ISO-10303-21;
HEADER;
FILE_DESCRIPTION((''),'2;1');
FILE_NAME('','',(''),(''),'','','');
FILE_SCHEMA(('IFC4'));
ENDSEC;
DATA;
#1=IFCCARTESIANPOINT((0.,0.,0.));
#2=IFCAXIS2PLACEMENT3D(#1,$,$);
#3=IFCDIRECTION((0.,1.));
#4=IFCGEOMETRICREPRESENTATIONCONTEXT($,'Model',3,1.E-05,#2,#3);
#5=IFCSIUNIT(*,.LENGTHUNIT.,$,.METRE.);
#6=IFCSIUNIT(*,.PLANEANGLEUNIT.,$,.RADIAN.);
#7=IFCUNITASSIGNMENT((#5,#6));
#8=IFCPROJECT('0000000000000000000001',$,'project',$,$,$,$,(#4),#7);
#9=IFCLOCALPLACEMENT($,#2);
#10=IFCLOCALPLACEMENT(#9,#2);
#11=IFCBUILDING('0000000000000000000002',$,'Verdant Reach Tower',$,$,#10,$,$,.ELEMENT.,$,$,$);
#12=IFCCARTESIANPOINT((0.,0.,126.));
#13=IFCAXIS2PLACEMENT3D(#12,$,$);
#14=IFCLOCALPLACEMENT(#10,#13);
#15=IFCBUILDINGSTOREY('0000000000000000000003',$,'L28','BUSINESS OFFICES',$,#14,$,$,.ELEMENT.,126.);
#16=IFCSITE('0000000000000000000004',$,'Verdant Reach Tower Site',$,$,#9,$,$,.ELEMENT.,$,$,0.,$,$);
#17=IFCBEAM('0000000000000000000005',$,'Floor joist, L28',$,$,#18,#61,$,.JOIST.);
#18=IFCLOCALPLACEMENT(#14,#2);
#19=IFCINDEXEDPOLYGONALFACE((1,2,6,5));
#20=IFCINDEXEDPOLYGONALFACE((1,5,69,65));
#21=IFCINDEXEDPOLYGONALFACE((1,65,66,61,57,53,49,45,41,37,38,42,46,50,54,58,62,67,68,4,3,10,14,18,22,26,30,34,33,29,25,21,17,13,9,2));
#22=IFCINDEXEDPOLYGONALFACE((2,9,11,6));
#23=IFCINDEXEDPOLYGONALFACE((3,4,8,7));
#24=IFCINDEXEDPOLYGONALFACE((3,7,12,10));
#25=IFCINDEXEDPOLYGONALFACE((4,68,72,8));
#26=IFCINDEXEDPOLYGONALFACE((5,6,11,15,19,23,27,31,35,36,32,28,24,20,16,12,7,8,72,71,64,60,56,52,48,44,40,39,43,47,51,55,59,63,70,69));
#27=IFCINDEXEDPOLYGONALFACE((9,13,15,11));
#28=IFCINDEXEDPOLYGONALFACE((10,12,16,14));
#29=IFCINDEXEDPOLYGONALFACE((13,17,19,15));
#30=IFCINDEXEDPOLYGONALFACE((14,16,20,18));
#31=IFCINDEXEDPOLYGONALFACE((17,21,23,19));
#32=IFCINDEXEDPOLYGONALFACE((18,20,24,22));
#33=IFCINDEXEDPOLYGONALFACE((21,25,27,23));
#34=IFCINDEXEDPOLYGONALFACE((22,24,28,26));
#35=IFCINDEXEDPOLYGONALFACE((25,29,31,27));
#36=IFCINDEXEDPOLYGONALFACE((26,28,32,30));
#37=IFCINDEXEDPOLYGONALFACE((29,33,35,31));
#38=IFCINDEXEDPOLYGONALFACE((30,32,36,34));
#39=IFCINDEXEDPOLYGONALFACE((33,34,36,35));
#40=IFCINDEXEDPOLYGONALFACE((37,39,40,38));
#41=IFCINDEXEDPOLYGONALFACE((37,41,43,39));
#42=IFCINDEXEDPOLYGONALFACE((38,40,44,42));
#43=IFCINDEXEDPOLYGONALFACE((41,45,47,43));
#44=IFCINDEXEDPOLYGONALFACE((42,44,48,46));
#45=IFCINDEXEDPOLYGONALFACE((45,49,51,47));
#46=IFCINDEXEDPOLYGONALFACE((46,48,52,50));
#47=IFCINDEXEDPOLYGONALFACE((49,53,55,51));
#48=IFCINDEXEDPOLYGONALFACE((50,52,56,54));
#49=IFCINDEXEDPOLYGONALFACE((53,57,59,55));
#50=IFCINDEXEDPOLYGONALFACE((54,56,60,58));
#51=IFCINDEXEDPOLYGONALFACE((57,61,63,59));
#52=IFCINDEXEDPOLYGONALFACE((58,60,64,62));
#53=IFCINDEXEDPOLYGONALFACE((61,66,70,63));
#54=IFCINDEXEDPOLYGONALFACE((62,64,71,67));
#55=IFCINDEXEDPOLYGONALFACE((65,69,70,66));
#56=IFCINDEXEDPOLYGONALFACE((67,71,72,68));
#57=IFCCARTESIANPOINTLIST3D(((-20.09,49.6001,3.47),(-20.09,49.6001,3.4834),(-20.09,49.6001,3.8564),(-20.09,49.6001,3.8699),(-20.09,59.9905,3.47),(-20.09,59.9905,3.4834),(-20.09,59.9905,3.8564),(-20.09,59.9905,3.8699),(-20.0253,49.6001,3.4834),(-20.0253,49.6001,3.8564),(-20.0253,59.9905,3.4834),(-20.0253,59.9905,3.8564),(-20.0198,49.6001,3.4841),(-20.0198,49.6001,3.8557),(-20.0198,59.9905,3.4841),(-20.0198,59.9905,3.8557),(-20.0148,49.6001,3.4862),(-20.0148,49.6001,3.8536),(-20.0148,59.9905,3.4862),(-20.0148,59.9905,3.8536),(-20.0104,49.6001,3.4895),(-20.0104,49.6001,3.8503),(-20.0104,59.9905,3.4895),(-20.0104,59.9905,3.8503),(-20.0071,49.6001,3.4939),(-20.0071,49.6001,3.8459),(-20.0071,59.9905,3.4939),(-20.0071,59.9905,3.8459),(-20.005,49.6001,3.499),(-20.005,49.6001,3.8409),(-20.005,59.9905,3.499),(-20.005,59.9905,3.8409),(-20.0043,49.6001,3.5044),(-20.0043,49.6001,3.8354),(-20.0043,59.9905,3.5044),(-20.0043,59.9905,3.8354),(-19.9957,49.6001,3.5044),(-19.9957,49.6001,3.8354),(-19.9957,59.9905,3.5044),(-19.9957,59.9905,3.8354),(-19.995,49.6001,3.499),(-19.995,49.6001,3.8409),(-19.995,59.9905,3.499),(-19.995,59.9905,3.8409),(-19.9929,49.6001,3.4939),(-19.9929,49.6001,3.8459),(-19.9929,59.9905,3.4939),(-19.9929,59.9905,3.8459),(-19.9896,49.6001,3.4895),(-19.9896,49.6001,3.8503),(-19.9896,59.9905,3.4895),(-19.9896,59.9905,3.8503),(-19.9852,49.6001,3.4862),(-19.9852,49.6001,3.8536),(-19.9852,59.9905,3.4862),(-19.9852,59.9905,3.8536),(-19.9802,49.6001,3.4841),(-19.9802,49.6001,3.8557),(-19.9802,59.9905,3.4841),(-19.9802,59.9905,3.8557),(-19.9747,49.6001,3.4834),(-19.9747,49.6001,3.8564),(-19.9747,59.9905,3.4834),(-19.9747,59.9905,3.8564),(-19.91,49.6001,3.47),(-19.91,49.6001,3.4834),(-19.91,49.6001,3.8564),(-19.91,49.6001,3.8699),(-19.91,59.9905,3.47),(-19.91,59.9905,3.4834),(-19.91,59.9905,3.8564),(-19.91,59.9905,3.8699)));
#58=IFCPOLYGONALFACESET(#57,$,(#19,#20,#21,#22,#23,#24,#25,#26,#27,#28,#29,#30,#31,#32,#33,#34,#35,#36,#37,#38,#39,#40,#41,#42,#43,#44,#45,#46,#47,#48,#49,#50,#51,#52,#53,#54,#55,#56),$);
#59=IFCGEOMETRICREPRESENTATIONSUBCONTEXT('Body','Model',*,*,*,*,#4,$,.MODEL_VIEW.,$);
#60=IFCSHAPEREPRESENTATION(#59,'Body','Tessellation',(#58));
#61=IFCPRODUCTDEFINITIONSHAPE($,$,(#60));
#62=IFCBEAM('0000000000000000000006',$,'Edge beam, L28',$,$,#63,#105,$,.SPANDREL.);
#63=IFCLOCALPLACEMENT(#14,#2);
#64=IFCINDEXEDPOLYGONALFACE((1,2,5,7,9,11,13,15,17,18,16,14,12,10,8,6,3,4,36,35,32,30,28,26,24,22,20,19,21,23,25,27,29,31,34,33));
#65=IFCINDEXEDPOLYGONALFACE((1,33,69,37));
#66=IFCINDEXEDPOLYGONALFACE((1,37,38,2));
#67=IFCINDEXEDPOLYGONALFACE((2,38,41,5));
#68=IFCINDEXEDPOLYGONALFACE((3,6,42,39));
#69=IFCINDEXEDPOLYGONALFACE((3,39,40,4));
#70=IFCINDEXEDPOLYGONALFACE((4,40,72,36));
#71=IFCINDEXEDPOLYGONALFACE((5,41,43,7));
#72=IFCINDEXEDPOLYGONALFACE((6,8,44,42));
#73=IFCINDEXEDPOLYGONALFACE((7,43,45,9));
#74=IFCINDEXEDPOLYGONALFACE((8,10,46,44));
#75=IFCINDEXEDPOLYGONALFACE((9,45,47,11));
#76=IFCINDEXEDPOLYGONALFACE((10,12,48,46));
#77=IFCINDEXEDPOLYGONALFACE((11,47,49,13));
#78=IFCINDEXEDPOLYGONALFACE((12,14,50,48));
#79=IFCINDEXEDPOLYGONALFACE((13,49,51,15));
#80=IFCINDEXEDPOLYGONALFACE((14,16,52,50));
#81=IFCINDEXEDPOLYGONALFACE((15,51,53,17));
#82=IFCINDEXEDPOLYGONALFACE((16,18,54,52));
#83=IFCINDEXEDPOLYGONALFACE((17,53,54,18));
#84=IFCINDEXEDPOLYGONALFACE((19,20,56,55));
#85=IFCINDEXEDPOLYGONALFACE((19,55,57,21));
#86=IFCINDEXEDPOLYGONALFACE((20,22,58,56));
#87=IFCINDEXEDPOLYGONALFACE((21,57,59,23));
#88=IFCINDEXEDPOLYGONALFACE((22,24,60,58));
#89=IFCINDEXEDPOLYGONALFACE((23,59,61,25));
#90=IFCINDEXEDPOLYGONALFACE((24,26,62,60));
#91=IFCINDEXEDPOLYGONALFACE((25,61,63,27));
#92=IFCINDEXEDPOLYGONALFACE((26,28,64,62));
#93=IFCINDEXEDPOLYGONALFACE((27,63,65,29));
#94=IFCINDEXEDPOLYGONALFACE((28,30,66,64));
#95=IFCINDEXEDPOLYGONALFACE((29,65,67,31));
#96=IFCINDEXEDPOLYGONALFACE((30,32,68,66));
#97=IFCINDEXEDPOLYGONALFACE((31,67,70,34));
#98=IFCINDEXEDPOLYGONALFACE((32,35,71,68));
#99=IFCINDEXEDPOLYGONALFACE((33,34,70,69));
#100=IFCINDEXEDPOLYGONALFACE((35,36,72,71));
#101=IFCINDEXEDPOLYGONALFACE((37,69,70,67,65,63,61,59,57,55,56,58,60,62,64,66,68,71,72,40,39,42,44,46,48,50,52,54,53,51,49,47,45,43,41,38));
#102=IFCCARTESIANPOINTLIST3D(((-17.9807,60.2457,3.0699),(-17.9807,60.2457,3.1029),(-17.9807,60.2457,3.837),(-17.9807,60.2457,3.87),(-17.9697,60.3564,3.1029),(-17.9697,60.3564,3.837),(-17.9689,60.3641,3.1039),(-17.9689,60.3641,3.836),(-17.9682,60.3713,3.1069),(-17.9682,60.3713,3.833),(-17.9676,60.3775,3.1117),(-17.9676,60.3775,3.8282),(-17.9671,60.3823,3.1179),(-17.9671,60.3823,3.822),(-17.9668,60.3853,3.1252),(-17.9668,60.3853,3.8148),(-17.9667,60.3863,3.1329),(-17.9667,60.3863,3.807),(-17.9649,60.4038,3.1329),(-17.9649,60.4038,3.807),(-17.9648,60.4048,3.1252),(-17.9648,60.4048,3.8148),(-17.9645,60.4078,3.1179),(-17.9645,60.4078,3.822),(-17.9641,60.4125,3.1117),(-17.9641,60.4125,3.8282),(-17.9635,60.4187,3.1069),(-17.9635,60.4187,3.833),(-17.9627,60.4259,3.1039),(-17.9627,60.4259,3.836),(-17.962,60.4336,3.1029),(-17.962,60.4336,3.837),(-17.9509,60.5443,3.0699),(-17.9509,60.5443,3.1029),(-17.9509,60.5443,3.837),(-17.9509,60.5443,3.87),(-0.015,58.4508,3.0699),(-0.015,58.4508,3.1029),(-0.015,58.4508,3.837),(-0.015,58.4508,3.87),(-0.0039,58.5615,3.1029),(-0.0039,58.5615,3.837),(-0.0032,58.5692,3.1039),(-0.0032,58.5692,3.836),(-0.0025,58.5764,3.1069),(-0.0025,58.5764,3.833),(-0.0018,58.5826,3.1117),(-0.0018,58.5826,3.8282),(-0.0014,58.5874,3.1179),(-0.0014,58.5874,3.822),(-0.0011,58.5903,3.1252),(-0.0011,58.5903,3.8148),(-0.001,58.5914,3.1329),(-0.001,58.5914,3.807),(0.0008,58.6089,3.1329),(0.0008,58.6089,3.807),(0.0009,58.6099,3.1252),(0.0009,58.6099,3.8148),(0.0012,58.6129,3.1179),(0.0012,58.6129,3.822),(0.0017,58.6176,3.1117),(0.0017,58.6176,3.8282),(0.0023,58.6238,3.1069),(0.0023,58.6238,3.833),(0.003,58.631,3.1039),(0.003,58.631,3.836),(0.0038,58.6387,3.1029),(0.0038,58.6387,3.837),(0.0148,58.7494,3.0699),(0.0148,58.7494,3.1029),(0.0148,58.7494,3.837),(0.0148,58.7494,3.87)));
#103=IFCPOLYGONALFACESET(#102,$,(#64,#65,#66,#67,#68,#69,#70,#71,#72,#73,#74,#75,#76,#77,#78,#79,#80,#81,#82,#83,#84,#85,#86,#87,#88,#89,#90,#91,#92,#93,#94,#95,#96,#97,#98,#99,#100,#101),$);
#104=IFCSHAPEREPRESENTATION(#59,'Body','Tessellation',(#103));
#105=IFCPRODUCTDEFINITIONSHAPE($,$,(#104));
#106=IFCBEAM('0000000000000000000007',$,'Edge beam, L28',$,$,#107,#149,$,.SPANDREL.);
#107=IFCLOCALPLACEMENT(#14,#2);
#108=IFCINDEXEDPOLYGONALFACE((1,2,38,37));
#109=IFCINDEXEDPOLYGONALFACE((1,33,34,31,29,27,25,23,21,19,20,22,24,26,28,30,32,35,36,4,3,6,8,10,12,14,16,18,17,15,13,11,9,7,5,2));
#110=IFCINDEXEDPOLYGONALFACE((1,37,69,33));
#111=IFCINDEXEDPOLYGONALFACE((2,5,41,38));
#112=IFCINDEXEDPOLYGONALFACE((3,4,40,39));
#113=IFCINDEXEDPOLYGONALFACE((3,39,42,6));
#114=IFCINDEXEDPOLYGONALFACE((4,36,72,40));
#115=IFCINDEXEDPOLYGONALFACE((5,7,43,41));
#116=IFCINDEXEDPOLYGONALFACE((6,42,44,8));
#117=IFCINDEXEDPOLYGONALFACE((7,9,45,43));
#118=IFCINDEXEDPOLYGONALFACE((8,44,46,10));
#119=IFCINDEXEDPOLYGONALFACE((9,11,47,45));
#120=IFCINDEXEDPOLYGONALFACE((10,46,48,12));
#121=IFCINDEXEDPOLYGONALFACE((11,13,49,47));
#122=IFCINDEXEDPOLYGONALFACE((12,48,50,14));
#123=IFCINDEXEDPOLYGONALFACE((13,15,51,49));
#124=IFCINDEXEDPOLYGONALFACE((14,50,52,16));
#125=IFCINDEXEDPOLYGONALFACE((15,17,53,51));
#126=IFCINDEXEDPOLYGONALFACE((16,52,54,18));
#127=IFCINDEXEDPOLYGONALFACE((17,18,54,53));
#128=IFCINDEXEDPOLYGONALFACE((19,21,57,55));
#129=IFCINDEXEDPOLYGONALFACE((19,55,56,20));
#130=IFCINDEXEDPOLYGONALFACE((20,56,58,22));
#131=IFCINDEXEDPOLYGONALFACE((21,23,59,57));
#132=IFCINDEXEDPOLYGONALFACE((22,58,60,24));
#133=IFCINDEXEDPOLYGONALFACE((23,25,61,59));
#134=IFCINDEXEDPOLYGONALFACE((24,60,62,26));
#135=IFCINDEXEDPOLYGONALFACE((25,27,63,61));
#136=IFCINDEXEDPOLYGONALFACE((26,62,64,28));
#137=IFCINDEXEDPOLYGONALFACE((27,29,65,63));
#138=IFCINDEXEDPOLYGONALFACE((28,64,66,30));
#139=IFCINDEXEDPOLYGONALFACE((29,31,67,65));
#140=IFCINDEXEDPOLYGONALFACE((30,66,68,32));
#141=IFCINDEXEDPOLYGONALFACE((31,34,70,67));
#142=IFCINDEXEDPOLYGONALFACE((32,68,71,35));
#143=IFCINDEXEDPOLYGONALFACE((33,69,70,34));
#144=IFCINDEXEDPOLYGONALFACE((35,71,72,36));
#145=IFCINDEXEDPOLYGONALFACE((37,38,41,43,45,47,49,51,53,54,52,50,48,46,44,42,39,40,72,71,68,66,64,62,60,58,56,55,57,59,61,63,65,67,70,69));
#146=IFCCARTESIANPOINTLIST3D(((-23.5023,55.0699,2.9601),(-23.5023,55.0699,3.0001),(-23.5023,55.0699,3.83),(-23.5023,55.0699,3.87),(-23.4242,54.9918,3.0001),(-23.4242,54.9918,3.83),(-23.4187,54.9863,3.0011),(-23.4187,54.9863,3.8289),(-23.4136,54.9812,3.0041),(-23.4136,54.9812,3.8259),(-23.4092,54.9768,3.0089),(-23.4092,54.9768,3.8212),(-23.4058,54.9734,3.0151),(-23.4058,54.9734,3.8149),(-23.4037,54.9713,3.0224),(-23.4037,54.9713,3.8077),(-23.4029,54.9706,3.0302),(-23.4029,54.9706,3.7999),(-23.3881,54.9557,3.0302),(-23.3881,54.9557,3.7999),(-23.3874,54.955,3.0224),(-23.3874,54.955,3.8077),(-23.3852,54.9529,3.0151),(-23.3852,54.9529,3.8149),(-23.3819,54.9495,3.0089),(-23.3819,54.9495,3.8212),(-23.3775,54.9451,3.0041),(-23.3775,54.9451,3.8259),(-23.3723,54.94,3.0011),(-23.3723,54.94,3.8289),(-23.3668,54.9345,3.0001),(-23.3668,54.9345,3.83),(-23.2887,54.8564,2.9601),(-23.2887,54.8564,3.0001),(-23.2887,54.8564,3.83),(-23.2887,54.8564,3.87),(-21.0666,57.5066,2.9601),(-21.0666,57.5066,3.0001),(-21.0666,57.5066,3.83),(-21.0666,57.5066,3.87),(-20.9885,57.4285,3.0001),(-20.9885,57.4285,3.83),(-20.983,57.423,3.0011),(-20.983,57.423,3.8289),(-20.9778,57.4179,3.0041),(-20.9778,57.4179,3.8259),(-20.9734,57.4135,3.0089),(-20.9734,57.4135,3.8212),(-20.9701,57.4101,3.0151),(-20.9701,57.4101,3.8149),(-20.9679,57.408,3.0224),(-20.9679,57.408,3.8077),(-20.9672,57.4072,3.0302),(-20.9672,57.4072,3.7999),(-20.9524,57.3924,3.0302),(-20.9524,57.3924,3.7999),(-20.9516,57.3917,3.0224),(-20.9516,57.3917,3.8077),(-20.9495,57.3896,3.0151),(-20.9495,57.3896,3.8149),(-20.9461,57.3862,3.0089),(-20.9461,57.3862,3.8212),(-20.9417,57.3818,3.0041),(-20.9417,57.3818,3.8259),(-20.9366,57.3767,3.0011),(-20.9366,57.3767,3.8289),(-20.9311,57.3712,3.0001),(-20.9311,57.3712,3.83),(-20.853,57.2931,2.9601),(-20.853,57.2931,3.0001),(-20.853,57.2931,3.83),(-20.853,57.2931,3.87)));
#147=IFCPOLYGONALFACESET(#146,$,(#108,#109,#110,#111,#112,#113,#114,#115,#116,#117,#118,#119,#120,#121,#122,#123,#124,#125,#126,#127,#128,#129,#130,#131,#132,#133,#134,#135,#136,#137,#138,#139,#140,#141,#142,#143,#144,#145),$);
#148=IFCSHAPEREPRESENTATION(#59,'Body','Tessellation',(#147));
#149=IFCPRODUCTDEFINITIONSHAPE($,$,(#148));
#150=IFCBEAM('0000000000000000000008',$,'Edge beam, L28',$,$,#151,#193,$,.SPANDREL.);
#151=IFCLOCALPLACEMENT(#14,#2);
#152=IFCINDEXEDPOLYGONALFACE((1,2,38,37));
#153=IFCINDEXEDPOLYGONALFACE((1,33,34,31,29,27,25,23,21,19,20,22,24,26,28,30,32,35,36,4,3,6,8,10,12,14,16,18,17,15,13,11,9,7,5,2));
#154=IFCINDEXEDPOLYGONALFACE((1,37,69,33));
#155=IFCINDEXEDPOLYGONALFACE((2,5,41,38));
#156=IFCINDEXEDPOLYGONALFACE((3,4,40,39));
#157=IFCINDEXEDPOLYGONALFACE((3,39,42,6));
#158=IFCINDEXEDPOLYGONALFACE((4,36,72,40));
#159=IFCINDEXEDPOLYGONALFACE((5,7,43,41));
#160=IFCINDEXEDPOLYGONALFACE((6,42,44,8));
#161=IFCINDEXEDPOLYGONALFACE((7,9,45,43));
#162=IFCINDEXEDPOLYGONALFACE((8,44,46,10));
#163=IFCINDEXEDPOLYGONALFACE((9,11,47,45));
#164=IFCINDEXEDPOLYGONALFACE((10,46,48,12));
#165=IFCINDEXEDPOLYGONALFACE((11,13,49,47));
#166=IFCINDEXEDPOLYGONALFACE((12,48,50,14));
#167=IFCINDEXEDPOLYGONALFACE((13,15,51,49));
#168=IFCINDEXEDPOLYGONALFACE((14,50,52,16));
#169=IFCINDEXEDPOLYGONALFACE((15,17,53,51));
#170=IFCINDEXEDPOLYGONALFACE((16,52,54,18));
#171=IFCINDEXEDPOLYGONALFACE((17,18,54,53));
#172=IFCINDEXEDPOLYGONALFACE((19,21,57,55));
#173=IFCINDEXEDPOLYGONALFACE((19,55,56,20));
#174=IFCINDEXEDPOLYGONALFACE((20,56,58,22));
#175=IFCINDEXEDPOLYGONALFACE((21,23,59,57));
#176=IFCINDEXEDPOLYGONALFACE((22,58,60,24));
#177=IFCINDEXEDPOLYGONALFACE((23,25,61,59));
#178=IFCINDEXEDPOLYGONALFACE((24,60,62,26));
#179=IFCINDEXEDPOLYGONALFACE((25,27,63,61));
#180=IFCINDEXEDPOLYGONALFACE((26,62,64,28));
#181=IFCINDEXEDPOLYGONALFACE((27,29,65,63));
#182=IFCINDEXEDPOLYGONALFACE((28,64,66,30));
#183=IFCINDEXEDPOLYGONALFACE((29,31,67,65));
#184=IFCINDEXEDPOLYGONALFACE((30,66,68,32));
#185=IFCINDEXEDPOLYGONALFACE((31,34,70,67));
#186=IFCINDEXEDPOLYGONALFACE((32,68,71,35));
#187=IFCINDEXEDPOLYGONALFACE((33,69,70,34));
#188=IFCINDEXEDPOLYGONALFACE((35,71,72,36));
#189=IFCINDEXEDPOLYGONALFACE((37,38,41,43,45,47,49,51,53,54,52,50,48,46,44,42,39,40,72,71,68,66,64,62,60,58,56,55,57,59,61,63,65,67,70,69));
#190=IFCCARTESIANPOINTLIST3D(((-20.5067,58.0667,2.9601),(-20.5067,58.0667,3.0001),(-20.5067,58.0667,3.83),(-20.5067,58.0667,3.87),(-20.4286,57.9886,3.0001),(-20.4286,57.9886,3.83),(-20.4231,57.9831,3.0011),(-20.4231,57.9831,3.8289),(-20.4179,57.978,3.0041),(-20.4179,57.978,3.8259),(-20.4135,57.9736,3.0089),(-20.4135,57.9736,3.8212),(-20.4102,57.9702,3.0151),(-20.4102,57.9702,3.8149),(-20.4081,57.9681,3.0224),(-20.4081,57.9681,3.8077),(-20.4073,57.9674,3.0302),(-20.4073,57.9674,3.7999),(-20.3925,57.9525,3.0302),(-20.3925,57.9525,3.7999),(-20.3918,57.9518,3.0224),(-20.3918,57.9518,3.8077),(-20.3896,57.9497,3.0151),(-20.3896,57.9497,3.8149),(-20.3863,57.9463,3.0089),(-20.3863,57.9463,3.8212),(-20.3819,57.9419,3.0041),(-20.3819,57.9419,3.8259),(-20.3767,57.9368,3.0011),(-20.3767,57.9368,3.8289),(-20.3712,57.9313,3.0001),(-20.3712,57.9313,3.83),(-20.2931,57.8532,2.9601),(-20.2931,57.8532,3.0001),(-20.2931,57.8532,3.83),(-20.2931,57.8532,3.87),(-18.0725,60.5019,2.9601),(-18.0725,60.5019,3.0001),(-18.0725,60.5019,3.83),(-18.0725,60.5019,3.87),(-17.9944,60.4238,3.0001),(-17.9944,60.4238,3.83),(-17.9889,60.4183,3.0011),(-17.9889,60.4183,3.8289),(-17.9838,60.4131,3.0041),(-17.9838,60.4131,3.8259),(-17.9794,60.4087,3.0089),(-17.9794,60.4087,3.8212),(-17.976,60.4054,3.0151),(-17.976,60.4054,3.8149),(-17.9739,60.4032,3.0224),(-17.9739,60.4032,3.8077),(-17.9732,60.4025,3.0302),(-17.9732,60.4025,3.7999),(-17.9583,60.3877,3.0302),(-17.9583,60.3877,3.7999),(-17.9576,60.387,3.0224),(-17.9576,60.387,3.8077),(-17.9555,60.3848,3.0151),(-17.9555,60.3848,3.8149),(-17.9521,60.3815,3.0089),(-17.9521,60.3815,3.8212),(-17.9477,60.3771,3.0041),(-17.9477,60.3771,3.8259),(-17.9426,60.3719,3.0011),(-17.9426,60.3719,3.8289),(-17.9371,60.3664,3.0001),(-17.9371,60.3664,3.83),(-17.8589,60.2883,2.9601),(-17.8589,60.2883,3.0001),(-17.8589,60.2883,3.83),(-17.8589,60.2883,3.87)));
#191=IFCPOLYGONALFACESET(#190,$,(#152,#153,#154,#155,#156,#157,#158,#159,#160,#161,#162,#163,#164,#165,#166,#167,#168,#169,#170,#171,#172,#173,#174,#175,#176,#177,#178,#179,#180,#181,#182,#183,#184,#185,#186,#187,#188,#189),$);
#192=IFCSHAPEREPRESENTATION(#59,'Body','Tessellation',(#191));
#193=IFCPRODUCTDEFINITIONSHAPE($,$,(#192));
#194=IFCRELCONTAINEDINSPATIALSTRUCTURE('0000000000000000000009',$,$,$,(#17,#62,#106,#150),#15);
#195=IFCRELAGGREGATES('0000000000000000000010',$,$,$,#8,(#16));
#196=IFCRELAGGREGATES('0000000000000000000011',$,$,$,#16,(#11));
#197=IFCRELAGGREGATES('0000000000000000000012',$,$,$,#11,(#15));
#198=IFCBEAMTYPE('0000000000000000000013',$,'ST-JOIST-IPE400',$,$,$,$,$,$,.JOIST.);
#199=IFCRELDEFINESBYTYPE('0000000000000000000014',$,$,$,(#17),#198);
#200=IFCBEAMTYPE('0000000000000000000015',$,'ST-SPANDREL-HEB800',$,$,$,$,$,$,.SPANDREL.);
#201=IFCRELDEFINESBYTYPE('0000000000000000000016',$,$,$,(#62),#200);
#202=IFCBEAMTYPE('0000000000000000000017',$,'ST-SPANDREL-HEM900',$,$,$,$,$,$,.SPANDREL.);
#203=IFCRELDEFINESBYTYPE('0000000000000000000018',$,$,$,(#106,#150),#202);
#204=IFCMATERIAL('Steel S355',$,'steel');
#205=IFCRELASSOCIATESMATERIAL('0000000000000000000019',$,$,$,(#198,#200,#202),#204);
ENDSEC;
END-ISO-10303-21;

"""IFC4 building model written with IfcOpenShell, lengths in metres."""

from ifc_helpers import new_model, si_unit, direction, frame, origin, origin_2d, place, context, subcontext, project, spatial, i_section, extrude, material, material_profile, profile_set, type_object, element, save


model = new_model("IFC4")

# Units and contexts
model_context = context("Model", 3, precision=1e-05, world=origin(), true_north=direction((0.0, 1.0)))
body_context = subcontext(model_context, "Body", "Model", "MODEL_VIEW")
ifc_project = project(units=[si_unit("LENGTHUNIT", "METRE"), si_unit("PLANEANGLEUNIT", "RADIAN")], contexts=[model_context])

# Site, building, storey
site_placement = place(None, origin())
site = spatial("IfcSite", under=ifc_project, at=site_placement, Name="Verdant Reach Tower Site", CompositionType="ELEMENT", RefElevation=0.0)
building_placement = place(site_placement, origin())
building = spatial("IfcBuilding", under=site, at=building_placement, Name="Verdant Reach Tower", CompositionType="ELEMENT")
storey_placement = place(building_placement, frame((0.0, 0.0, 126.0)))
storey = spatial("IfcBuildingStorey", under=building, at=storey_placement, Name="L28", Description="BUSINESS OFFICES", CompositionType="ELEMENT", Elevation=126.0)

# Beams
ifc_material_1 = material(Name="Steel S355", Category="steel")
ifc_material_profile_1 = material_profile(ifc_material_1, i_section(OverallWidth=0.1799, OverallDepth=0.3999, WebThickness=0.0085, FlangeThickness=0.0134, FilletRadius=0.021, at=origin_2d()), Name="IPE 400")
ifc_profile_set_1 = profile_set([ifc_material_profile_1], Name="Steel S355")
beam_type_1 = type_object("IfcBeamType", Name="ST-JOIST-IPE400", PredefinedType="JOIST", material=ifc_profile_set_1)
beam_1_placement = place(storey_placement, frame((-20.0, 49.6001, 3.6699), z_axis=(0.0, 1.0, 0.0), x_axis=(-1.0, 0.0, 0.0)))
element("IfcBeam", 1, at=beam_1_placement, inside=storey, type_object=beam_type_1, Name="Floor joist, L28", PredefinedType="JOIST", context=body_context, shape_type="SweptSolid", body=[
    extrude(i_section(OverallWidth=0.1799, OverallDepth=0.3999, WebThickness=0.0085, FlangeThickness=0.0134, FilletRadius=0.021, at=origin_2d()), origin(), (0.0, 0.0, 1.0), 10.3904),
])
ifc_material_profile_2 = material_profile(ifc_material_1, i_section(OverallWidth=0.3, OverallDepth=0.8, WebThickness=0.0176, FlangeThickness=0.033, FilletRadius=0.03, at=origin_2d()), Name="HEB 800")
ifc_profile_set_2 = profile_set([ifc_material_profile_2], Name="Steel S355")
beam_type_2 = type_object("IfcBeamType", Name="ST-SPANDREL-HEB800", PredefinedType="SPANDREL", material=ifc_profile_set_2)
beam_2_placement = place(storey_placement, frame((-17.9658, 60.395, 3.47), z_axis=(0.995046, -0.099413, 0.0), x_axis=(0.099413, 0.995046, 0.0)))
element("IfcBeam", 2, at=beam_2_placement, inside=storey, type_object=beam_type_2, Name="Edge beam, L28", PredefinedType="SPANDREL", context=body_context, shape_type="SweptSolid", body=[
    extrude(i_section(OverallWidth=0.3, OverallDepth=0.8, WebThickness=0.0176, FlangeThickness=0.033, FilletRadius=0.03, at=origin_2d()), origin(), (0.0, 0.0, 1.0), 18.0552),
])
ifc_material_profile_3 = material_profile(ifc_material_1, i_section(OverallWidth=0.302, OverallDepth=0.9099, WebThickness=0.021, FlangeThickness=0.04, FilletRadius=0.03, at=origin_2d()), Name="HEM 900")
ifc_profile_set_3 = profile_set([ifc_material_profile_3], Name="Steel S355")
beam_type_3 = type_object("IfcBeamType", Name="ST-SPANDREL-HEM900", PredefinedType="SPANDREL", material=ifc_profile_set_3)
beam_3_placement = place(storey_placement, frame((-23.3955, 54.9631, 3.415), z_axis=(0.706965, 0.707248, 0.0), x_axis=(-0.707248, 0.706965, 0.0)))
element("IfcBeam", 3, at=beam_3_placement, inside=storey, type_object=beam_type_3, Name="Edge beam, L28", PredefinedType="SPANDREL", context=body_context, shape_type="SweptSolid", body=[
    extrude(i_section(OverallWidth=0.302, OverallDepth=0.9099, WebThickness=0.021, FlangeThickness=0.04, FilletRadius=0.03, at=origin_2d()), origin(), (0.0, 0.0, 1.0), 3.4453),
])
beam_4_placement = place(storey_placement, frame((-20.3999, 57.96, 3.415), z_axis=(0.706965, 0.707249, 0.0), x_axis=(-0.707249, 0.706965, 0.0)))
element("IfcBeam", 4, at=beam_4_placement, inside=storey, type_object=beam_type_3, Name="Edge beam, L28", PredefinedType="SPANDREL", context=body_context, shape_type="SweptSolid", body=[
    extrude(i_section(OverallWidth=0.302, OverallDepth=0.9099, WebThickness=0.021, FlangeThickness=0.04, FilletRadius=0.03, at=origin_2d()), origin(), (0.0, 0.0, 1.0), 3.4431),
])

save(model, "model.ifc")
